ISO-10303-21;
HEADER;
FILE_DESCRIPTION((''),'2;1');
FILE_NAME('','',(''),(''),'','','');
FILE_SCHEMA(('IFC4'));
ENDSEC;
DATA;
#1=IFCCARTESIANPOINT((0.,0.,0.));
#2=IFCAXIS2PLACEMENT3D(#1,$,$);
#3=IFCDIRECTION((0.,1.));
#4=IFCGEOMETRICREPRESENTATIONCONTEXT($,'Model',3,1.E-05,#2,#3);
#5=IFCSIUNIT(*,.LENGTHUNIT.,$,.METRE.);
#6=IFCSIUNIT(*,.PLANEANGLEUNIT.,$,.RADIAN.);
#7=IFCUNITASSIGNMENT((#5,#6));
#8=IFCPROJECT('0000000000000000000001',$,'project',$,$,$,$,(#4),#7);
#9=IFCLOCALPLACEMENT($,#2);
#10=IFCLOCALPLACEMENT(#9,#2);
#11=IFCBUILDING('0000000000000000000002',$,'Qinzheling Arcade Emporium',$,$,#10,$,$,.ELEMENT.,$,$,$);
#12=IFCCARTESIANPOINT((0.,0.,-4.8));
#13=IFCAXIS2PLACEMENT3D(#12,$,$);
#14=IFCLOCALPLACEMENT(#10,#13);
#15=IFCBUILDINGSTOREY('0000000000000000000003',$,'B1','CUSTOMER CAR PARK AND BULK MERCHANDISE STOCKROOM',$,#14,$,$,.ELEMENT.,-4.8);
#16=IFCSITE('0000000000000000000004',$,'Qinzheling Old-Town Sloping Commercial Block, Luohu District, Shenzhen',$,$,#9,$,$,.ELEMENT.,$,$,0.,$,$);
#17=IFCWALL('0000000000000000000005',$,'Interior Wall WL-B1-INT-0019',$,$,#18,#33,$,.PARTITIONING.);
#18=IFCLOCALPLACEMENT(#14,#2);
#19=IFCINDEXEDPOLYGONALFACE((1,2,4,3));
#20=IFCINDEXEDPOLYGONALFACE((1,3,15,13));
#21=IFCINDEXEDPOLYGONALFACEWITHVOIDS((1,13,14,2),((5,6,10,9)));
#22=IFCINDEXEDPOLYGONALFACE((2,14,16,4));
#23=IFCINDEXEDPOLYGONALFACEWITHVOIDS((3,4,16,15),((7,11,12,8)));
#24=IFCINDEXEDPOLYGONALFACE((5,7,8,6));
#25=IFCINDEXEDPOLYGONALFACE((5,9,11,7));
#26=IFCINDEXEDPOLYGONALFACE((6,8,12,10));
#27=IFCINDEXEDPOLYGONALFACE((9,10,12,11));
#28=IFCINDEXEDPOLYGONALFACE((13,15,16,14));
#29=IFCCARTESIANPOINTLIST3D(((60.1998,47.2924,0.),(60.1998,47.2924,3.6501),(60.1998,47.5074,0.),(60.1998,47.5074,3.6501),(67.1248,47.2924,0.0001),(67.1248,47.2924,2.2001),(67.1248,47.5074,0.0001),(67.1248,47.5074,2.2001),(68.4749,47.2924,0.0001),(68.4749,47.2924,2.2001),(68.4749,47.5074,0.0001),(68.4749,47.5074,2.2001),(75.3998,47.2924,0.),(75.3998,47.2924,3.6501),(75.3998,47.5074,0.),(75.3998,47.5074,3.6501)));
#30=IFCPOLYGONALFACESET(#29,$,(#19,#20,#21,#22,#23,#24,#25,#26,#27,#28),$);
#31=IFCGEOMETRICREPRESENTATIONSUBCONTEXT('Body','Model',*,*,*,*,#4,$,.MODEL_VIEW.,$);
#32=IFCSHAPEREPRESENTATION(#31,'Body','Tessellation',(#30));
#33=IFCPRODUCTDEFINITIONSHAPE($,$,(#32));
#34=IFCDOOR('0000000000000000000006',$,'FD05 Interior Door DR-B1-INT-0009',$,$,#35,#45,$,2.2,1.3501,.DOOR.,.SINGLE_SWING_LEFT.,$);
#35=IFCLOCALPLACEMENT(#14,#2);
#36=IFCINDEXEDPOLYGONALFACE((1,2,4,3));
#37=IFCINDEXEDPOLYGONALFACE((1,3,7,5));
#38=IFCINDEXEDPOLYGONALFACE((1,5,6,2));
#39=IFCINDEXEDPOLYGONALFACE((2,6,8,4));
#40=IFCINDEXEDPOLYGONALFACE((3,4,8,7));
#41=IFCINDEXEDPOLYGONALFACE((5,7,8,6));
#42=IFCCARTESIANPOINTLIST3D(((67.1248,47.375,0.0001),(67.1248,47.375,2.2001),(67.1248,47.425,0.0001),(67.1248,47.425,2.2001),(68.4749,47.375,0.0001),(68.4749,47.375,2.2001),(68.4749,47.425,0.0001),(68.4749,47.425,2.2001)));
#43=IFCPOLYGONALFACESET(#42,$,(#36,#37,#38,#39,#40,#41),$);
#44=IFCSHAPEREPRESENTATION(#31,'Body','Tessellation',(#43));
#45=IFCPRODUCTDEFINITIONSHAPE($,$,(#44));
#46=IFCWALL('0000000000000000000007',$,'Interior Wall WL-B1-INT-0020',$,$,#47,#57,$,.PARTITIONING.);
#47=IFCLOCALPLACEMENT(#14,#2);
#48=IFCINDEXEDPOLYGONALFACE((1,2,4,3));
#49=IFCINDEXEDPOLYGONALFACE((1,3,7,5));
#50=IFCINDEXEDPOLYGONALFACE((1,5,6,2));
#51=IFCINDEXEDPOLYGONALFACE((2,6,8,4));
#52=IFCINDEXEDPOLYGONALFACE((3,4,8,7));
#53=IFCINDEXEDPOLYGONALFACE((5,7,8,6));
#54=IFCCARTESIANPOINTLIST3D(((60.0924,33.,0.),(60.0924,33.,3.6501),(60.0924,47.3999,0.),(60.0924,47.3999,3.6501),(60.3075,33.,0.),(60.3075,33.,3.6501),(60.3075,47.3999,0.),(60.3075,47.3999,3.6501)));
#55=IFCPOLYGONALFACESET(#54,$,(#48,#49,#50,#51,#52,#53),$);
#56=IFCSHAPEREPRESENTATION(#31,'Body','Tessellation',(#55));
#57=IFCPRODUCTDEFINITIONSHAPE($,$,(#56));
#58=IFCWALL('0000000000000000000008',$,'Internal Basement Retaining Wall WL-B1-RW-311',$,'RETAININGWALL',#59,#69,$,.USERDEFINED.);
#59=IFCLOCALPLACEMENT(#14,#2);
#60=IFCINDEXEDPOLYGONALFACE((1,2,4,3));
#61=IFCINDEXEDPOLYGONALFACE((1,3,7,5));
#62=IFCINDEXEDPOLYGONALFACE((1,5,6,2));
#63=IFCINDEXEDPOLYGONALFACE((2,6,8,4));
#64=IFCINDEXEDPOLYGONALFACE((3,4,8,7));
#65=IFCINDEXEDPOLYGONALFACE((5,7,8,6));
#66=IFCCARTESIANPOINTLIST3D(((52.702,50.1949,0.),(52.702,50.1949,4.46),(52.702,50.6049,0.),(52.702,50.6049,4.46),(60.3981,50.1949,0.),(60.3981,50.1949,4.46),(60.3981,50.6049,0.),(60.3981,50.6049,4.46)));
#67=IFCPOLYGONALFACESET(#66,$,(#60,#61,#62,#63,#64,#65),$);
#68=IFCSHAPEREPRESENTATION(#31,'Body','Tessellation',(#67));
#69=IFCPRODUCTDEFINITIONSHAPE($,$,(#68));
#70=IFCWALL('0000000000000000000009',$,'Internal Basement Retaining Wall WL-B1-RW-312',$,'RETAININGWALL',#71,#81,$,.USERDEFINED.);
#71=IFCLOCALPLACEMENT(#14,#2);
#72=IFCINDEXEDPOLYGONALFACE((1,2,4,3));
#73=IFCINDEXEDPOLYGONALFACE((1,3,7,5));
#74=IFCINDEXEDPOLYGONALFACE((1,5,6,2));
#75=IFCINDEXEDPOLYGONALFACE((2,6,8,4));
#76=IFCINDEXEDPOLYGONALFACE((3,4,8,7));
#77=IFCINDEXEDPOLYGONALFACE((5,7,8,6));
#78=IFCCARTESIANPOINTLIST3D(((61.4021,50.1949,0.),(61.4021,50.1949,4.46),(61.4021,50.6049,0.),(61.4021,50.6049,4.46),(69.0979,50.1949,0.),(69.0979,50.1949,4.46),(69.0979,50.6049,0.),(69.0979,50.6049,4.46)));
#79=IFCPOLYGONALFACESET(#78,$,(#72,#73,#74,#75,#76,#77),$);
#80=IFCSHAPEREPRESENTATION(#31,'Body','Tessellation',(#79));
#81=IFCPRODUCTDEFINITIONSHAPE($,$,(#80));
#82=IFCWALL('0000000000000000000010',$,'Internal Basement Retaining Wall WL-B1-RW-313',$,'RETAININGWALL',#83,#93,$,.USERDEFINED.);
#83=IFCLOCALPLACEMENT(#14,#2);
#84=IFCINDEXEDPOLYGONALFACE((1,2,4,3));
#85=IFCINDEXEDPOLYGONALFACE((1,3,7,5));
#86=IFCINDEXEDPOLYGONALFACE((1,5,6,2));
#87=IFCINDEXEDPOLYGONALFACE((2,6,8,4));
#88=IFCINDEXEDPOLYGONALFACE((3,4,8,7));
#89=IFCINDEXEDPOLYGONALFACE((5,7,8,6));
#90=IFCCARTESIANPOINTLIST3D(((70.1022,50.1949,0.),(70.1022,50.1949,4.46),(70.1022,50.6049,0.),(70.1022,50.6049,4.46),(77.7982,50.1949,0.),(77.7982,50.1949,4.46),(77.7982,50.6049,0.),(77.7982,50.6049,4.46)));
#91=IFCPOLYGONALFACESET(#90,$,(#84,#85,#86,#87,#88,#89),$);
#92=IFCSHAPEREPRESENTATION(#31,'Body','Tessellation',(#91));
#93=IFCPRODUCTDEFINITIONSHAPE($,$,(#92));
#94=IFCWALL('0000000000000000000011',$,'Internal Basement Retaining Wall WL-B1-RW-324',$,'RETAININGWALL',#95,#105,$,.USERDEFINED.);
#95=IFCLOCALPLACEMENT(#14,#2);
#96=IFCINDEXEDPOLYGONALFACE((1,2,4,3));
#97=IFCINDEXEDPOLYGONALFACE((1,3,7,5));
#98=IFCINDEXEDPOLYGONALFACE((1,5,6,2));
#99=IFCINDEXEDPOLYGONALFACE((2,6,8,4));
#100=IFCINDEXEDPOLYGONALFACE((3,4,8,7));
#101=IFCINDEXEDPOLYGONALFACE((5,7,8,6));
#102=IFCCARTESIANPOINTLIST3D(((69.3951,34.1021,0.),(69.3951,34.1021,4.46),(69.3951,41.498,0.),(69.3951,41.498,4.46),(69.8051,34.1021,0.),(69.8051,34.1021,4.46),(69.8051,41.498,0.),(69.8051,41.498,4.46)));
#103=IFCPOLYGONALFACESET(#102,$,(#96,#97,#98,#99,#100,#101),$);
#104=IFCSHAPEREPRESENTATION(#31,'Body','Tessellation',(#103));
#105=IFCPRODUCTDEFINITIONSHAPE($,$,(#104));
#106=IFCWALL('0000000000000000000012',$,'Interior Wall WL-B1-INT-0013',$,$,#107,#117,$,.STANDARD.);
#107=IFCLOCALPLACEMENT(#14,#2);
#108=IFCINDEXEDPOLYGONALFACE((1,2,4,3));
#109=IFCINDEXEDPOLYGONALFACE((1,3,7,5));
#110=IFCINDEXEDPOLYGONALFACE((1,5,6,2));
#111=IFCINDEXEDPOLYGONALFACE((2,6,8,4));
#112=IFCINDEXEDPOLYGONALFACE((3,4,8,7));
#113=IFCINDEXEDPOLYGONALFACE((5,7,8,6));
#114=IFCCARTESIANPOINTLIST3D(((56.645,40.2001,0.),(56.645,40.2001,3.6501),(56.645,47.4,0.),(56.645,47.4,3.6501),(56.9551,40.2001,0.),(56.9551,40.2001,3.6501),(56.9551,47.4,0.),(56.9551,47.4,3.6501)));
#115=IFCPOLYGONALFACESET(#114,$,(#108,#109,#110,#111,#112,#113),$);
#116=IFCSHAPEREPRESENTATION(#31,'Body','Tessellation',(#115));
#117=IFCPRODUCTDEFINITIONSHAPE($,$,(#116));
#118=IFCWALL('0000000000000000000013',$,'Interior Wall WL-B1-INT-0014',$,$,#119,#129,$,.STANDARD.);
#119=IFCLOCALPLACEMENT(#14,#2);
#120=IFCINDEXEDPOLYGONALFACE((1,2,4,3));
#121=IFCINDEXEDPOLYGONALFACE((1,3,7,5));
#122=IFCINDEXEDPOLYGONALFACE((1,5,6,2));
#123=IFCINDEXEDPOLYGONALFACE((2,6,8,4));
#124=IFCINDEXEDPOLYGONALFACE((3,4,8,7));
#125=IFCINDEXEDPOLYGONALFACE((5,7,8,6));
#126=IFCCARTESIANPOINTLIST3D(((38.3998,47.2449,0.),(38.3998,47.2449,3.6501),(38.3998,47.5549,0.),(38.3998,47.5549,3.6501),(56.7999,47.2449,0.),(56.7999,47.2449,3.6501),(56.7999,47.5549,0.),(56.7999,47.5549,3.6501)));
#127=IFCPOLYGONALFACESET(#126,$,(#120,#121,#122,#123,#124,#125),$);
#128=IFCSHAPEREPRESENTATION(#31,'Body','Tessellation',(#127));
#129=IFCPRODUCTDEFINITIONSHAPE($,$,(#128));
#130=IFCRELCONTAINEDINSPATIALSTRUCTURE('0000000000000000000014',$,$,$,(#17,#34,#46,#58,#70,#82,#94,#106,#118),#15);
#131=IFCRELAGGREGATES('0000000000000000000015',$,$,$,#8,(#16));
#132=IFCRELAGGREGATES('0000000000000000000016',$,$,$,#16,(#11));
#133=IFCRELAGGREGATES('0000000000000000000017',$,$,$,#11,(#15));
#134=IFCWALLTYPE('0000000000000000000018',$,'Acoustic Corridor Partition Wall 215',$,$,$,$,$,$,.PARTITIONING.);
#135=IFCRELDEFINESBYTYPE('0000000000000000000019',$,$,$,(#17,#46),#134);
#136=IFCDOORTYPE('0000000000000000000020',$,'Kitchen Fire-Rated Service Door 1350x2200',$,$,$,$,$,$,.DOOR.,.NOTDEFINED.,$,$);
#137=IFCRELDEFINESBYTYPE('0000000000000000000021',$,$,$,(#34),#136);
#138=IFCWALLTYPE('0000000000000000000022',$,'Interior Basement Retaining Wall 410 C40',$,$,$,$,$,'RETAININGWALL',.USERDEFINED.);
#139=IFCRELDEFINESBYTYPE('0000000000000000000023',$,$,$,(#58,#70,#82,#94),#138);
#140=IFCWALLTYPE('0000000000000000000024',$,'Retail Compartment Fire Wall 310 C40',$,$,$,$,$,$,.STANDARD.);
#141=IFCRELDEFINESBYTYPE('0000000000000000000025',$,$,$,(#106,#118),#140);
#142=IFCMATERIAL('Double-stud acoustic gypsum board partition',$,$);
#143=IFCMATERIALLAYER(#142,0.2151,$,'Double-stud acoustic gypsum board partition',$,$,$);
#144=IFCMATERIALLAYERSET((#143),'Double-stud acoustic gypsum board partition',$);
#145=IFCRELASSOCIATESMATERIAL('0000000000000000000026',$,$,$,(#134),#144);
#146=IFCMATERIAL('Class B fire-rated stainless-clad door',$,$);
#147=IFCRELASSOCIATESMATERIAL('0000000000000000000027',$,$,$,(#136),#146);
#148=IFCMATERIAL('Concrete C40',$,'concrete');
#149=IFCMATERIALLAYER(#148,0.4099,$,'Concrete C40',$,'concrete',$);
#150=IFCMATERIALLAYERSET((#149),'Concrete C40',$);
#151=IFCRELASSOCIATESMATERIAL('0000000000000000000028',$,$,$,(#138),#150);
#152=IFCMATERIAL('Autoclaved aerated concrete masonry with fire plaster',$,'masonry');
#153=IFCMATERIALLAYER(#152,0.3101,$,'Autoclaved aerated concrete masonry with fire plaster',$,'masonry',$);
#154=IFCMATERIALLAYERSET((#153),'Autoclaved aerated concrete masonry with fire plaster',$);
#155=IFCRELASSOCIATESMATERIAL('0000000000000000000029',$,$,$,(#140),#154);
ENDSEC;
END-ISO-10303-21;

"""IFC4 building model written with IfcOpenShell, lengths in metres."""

from ifc_helpers import new_model, si_unit, direction, frame, frame_2d, origin, place, context, subcontext, project, spatial, rectangle, extrude, material, layer, layer_set, type_object, element, fill, save


model = new_model("IFC4")

# Units and contexts
model_context = context("Model", 3, precision=1e-05, world=origin(), true_north=direction((0.0, 1.0)))
body_context = subcontext(model_context, "Body", "Model", "MODEL_VIEW")
ifc_project = project(units=[si_unit("LENGTHUNIT", "METRE"), si_unit("PLANEANGLEUNIT", "RADIAN")], contexts=[model_context])

# Site, building, storey
site_placement = place(None, origin())
site = spatial("IfcSite", under=ifc_project, at=site_placement, Name="Qinzheling Old-Town Sloping Commercial Block, Luohu District, Shenzhen", CompositionType="ELEMENT", RefElevation=0.0)
building_placement = place(site_placement, origin())
building = spatial("IfcBuilding", under=site, at=building_placement, Name="Qinzheling Arcade Emporium", CompositionType="ELEMENT")
storey_placement = place(building_placement, frame((0.0, 0.0, -4.8)))
storey = spatial("IfcBuildingStorey", under=building, at=storey_placement, Name="B1", Description="CUSTOMER CAR PARK AND BULK MERCHANDISE STOCKROOM", CompositionType="ELEMENT", Elevation=-4.8)

# Shared definitions
ifc_material_1 = material(Name="Concrete C40", Category="concrete")

# Wall, opening, door
ifc_material_2 = material(Name="Double-stud acoustic gypsum board partition")
ifc_layer_1 = layer(ifc_material_2, 0.2151, Name="Double-stud acoustic gypsum board partition")
ifc_layer_set_1 = layer_set([ifc_layer_1], Name="Double-stud acoustic gypsum board partition")
wall_type_1 = type_object("IfcWallType", Name="Acoustic Corridor Partition Wall 215", PredefinedType="PARTITIONING", material=ifc_layer_set_1)
wall_1_placement = place(storey_placement, frame((75.3999, 47.3999, 0.0), z_axis=(0.0, 0.0, 1.0), x_axis=(-1.0, 0.0, 0.0)))
wall_1 = element("IfcWall", 1, at=wall_1_placement, inside=storey, type_object=wall_type_1, Name="Interior Wall WL-B1-INT-0019", PredefinedType="PARTITIONING", context=body_context, shape_type="SweptSolid", body=[
    extrude(rectangle(XDim=15.2, YDim=0.2151, at=frame_2d((7.6001, 0.0))), origin(), (0.0, 0.0, 1.0), 3.6501),
])
opening_placement = place(wall_1_placement, frame((6.925, 0.0, 0.0)))
opening = element("IfcOpeningElement", 2, at=opening_placement, cuts=wall_1, PredefinedType="OPENING", context=body_context, shape_type="SweptSolid", body=[
    extrude(rectangle(XDim=1.3501, YDim=2.2, at=frame_2d((0.675, 1.1001))), frame((0.0, 0.1177, 0.0), z_axis=(0.0, -1.0, 0.0), x_axis=(1.0, 0.0, 0.0)), (0.0, 0.0, 1.0), 0.2351),
])
ifc_material_3 = material(Name="Class B fire-rated stainless-clad door")
door_type = type_object("IfcDoorType", Name="Kitchen Fire-Rated Service Door 1350x2200", OperationType="NOTDEFINED", PredefinedType="DOOR", material=ifc_material_3)
door_placement = place(opening_placement, origin())
door = element("IfcDoor", 3, at=door_placement, inside=storey, type_object=door_type, Name="FD05 Interior Door DR-B1-INT-0009", OperationType="SINGLE_SWING_LEFT", OverallHeight=2.2, OverallWidth=1.3501, PredefinedType="DOOR", context=body_context, shape_type="SweptSolid", body=[
    extrude(rectangle(XDim=1.3501, YDim=2.2, at=frame_2d((0.675, 1.1001))), frame((0.0, 0.0249, 0.0), z_axis=(0.0, -1.0, 0.0), x_axis=(1.0, 0.0, 0.0)), (0.0, 0.0, 1.0), 0.05),
])
fill(opening, door)

# Walls
wall_2_placement = place(storey_placement, frame((60.2, 47.3999, 0.0), z_axis=(0.0, 0.0, 1.0), x_axis=(0.0, -1.0, 0.0)))
element("IfcWall", 4, at=wall_2_placement, inside=storey, type_object=wall_type_1, Name="Interior Wall WL-B1-INT-0020", PredefinedType="PARTITIONING", context=body_context, shape_type="SweptSolid", body=[
    extrude(rectangle(XDim=14.3999, YDim=0.2151, at=frame_2d((7.2, 0.0))), origin(), (0.0, 0.0, 1.0), 3.6501),
])
ifc_layer_2 = layer(ifc_material_1, 0.4099, Name="Concrete C40", Category="concrete")
ifc_layer_set_2 = layer_set([ifc_layer_2], Name="Concrete C40")
wall_type_2 = type_object("IfcWallType", Name="Interior Basement Retaining Wall 410 C40", ElementType="RETAININGWALL", PredefinedType="USERDEFINED", material=ifc_layer_set_2)
wall_3_placement = place(storey_placement, frame((52.7019, 50.3999, 0.0), z_axis=(0.0, 0.0, 1.0), x_axis=(1.0, 0.0, 0.0)))
element("IfcWall", 5, at=wall_3_placement, inside=storey, type_object=wall_type_2, Name="Internal Basement Retaining Wall WL-B1-RW-311", ObjectType="RETAININGWALL", PredefinedType="USERDEFINED", context=body_context, shape_type="SweptSolid", body=[
    extrude(rectangle(XDim=7.696, YDim=0.4099, at=frame_2d((3.8481, 0.0))), origin(), (0.0, 0.0, 1.0), 4.46),
])
wall_4_placement = place(storey_placement, frame((61.4021, 50.3999, 0.0), z_axis=(0.0, 0.0, 1.0), x_axis=(1.0, 0.0, 0.0)))
element("IfcWall", 6, at=wall_4_placement, inside=storey, type_object=wall_type_2, Name="Internal Basement Retaining Wall WL-B1-RW-312", ObjectType="RETAININGWALL", PredefinedType="USERDEFINED", context=body_context, shape_type="SweptSolid", body=[
    extrude(rectangle(XDim=7.6958, YDim=0.4099, at=frame_2d((3.8479, 0.0))), origin(), (0.0, 0.0, 1.0), 4.46),
])
wall_5_placement = place(storey_placement, frame((70.1021, 50.3999, 0.0), z_axis=(0.0, 0.0, 1.0), x_axis=(1.0, 0.0, 0.0)))
element("IfcWall", 7, at=wall_5_placement, inside=storey, type_object=wall_type_2, Name="Internal Basement Retaining Wall WL-B1-RW-313", ObjectType="RETAININGWALL", PredefinedType="USERDEFINED", context=body_context, shape_type="SweptSolid", body=[
    extrude(rectangle(XDim=7.696, YDim=0.4099, at=frame_2d((3.8481, 0.0))), origin(), (0.0, 0.0, 1.0), 4.46),
])
wall_6_placement = place(storey_placement, frame((69.6001, 41.498, 0.0), z_axis=(0.0, 0.0, 1.0), x_axis=(0.0, -1.0, 0.0)))
element("IfcWall", 8, at=wall_6_placement, inside=storey, type_object=wall_type_2, Name="Internal Basement Retaining Wall WL-B1-RW-324", ObjectType="RETAININGWALL", PredefinedType="USERDEFINED", context=body_context, shape_type="SweptSolid", body=[
    extrude(rectangle(XDim=7.396, YDim=0.4099, at=frame_2d((3.698, 0.0))), origin(), (0.0, 0.0, 1.0), 4.46),
])
ifc_material_4 = material(Name="Autoclaved aerated concrete masonry with fire plaster", Category="masonry")
ifc_layer_3 = layer(ifc_material_4, 0.3101, Name="Autoclaved aerated concrete masonry with fire plaster", Category="masonry")
ifc_layer_set_3 = layer_set([ifc_layer_3], Name="Autoclaved aerated concrete masonry with fire plaster")
wall_type_3 = type_object("IfcWallType", Name="Retail Compartment Fire Wall 310 C40", PredefinedType="STANDARD", material=ifc_layer_set_3)
wall_7_placement = place(storey_placement, frame((56.8, 40.2, 0.0), z_axis=(0.0, 0.0, 1.0), x_axis=(0.0, 1.0, 0.0)))
element("IfcWall", 9, at=wall_7_placement, inside=storey, type_object=wall_type_3, Name="Interior Wall WL-B1-INT-0013", PredefinedType="STANDARD", context=body_context, shape_type="SweptSolid", body=[
    extrude(rectangle(XDim=7.2, YDim=0.3101, at=frame_2d((3.6001, 0.0))), origin(), (0.0, 0.0, 1.0), 3.6501),
])
wall_8_placement = place(storey_placement, frame((56.8, 47.3999, 0.0), z_axis=(0.0, 0.0, 1.0), x_axis=(-1.0, 0.0, 0.0)))
element("IfcWall", 10, at=wall_8_placement, inside=storey, type_object=wall_type_3, Name="Interior Wall WL-B1-INT-0014", PredefinedType="STANDARD", context=body_context, shape_type="SweptSolid", body=[
    extrude(rectangle(XDim=18.4001, YDim=0.3101, at=frame_2d((9.2002, 0.0))), origin(), (0.0, 0.0, 1.0), 3.6501),
])

save(model, "model.ifc")
